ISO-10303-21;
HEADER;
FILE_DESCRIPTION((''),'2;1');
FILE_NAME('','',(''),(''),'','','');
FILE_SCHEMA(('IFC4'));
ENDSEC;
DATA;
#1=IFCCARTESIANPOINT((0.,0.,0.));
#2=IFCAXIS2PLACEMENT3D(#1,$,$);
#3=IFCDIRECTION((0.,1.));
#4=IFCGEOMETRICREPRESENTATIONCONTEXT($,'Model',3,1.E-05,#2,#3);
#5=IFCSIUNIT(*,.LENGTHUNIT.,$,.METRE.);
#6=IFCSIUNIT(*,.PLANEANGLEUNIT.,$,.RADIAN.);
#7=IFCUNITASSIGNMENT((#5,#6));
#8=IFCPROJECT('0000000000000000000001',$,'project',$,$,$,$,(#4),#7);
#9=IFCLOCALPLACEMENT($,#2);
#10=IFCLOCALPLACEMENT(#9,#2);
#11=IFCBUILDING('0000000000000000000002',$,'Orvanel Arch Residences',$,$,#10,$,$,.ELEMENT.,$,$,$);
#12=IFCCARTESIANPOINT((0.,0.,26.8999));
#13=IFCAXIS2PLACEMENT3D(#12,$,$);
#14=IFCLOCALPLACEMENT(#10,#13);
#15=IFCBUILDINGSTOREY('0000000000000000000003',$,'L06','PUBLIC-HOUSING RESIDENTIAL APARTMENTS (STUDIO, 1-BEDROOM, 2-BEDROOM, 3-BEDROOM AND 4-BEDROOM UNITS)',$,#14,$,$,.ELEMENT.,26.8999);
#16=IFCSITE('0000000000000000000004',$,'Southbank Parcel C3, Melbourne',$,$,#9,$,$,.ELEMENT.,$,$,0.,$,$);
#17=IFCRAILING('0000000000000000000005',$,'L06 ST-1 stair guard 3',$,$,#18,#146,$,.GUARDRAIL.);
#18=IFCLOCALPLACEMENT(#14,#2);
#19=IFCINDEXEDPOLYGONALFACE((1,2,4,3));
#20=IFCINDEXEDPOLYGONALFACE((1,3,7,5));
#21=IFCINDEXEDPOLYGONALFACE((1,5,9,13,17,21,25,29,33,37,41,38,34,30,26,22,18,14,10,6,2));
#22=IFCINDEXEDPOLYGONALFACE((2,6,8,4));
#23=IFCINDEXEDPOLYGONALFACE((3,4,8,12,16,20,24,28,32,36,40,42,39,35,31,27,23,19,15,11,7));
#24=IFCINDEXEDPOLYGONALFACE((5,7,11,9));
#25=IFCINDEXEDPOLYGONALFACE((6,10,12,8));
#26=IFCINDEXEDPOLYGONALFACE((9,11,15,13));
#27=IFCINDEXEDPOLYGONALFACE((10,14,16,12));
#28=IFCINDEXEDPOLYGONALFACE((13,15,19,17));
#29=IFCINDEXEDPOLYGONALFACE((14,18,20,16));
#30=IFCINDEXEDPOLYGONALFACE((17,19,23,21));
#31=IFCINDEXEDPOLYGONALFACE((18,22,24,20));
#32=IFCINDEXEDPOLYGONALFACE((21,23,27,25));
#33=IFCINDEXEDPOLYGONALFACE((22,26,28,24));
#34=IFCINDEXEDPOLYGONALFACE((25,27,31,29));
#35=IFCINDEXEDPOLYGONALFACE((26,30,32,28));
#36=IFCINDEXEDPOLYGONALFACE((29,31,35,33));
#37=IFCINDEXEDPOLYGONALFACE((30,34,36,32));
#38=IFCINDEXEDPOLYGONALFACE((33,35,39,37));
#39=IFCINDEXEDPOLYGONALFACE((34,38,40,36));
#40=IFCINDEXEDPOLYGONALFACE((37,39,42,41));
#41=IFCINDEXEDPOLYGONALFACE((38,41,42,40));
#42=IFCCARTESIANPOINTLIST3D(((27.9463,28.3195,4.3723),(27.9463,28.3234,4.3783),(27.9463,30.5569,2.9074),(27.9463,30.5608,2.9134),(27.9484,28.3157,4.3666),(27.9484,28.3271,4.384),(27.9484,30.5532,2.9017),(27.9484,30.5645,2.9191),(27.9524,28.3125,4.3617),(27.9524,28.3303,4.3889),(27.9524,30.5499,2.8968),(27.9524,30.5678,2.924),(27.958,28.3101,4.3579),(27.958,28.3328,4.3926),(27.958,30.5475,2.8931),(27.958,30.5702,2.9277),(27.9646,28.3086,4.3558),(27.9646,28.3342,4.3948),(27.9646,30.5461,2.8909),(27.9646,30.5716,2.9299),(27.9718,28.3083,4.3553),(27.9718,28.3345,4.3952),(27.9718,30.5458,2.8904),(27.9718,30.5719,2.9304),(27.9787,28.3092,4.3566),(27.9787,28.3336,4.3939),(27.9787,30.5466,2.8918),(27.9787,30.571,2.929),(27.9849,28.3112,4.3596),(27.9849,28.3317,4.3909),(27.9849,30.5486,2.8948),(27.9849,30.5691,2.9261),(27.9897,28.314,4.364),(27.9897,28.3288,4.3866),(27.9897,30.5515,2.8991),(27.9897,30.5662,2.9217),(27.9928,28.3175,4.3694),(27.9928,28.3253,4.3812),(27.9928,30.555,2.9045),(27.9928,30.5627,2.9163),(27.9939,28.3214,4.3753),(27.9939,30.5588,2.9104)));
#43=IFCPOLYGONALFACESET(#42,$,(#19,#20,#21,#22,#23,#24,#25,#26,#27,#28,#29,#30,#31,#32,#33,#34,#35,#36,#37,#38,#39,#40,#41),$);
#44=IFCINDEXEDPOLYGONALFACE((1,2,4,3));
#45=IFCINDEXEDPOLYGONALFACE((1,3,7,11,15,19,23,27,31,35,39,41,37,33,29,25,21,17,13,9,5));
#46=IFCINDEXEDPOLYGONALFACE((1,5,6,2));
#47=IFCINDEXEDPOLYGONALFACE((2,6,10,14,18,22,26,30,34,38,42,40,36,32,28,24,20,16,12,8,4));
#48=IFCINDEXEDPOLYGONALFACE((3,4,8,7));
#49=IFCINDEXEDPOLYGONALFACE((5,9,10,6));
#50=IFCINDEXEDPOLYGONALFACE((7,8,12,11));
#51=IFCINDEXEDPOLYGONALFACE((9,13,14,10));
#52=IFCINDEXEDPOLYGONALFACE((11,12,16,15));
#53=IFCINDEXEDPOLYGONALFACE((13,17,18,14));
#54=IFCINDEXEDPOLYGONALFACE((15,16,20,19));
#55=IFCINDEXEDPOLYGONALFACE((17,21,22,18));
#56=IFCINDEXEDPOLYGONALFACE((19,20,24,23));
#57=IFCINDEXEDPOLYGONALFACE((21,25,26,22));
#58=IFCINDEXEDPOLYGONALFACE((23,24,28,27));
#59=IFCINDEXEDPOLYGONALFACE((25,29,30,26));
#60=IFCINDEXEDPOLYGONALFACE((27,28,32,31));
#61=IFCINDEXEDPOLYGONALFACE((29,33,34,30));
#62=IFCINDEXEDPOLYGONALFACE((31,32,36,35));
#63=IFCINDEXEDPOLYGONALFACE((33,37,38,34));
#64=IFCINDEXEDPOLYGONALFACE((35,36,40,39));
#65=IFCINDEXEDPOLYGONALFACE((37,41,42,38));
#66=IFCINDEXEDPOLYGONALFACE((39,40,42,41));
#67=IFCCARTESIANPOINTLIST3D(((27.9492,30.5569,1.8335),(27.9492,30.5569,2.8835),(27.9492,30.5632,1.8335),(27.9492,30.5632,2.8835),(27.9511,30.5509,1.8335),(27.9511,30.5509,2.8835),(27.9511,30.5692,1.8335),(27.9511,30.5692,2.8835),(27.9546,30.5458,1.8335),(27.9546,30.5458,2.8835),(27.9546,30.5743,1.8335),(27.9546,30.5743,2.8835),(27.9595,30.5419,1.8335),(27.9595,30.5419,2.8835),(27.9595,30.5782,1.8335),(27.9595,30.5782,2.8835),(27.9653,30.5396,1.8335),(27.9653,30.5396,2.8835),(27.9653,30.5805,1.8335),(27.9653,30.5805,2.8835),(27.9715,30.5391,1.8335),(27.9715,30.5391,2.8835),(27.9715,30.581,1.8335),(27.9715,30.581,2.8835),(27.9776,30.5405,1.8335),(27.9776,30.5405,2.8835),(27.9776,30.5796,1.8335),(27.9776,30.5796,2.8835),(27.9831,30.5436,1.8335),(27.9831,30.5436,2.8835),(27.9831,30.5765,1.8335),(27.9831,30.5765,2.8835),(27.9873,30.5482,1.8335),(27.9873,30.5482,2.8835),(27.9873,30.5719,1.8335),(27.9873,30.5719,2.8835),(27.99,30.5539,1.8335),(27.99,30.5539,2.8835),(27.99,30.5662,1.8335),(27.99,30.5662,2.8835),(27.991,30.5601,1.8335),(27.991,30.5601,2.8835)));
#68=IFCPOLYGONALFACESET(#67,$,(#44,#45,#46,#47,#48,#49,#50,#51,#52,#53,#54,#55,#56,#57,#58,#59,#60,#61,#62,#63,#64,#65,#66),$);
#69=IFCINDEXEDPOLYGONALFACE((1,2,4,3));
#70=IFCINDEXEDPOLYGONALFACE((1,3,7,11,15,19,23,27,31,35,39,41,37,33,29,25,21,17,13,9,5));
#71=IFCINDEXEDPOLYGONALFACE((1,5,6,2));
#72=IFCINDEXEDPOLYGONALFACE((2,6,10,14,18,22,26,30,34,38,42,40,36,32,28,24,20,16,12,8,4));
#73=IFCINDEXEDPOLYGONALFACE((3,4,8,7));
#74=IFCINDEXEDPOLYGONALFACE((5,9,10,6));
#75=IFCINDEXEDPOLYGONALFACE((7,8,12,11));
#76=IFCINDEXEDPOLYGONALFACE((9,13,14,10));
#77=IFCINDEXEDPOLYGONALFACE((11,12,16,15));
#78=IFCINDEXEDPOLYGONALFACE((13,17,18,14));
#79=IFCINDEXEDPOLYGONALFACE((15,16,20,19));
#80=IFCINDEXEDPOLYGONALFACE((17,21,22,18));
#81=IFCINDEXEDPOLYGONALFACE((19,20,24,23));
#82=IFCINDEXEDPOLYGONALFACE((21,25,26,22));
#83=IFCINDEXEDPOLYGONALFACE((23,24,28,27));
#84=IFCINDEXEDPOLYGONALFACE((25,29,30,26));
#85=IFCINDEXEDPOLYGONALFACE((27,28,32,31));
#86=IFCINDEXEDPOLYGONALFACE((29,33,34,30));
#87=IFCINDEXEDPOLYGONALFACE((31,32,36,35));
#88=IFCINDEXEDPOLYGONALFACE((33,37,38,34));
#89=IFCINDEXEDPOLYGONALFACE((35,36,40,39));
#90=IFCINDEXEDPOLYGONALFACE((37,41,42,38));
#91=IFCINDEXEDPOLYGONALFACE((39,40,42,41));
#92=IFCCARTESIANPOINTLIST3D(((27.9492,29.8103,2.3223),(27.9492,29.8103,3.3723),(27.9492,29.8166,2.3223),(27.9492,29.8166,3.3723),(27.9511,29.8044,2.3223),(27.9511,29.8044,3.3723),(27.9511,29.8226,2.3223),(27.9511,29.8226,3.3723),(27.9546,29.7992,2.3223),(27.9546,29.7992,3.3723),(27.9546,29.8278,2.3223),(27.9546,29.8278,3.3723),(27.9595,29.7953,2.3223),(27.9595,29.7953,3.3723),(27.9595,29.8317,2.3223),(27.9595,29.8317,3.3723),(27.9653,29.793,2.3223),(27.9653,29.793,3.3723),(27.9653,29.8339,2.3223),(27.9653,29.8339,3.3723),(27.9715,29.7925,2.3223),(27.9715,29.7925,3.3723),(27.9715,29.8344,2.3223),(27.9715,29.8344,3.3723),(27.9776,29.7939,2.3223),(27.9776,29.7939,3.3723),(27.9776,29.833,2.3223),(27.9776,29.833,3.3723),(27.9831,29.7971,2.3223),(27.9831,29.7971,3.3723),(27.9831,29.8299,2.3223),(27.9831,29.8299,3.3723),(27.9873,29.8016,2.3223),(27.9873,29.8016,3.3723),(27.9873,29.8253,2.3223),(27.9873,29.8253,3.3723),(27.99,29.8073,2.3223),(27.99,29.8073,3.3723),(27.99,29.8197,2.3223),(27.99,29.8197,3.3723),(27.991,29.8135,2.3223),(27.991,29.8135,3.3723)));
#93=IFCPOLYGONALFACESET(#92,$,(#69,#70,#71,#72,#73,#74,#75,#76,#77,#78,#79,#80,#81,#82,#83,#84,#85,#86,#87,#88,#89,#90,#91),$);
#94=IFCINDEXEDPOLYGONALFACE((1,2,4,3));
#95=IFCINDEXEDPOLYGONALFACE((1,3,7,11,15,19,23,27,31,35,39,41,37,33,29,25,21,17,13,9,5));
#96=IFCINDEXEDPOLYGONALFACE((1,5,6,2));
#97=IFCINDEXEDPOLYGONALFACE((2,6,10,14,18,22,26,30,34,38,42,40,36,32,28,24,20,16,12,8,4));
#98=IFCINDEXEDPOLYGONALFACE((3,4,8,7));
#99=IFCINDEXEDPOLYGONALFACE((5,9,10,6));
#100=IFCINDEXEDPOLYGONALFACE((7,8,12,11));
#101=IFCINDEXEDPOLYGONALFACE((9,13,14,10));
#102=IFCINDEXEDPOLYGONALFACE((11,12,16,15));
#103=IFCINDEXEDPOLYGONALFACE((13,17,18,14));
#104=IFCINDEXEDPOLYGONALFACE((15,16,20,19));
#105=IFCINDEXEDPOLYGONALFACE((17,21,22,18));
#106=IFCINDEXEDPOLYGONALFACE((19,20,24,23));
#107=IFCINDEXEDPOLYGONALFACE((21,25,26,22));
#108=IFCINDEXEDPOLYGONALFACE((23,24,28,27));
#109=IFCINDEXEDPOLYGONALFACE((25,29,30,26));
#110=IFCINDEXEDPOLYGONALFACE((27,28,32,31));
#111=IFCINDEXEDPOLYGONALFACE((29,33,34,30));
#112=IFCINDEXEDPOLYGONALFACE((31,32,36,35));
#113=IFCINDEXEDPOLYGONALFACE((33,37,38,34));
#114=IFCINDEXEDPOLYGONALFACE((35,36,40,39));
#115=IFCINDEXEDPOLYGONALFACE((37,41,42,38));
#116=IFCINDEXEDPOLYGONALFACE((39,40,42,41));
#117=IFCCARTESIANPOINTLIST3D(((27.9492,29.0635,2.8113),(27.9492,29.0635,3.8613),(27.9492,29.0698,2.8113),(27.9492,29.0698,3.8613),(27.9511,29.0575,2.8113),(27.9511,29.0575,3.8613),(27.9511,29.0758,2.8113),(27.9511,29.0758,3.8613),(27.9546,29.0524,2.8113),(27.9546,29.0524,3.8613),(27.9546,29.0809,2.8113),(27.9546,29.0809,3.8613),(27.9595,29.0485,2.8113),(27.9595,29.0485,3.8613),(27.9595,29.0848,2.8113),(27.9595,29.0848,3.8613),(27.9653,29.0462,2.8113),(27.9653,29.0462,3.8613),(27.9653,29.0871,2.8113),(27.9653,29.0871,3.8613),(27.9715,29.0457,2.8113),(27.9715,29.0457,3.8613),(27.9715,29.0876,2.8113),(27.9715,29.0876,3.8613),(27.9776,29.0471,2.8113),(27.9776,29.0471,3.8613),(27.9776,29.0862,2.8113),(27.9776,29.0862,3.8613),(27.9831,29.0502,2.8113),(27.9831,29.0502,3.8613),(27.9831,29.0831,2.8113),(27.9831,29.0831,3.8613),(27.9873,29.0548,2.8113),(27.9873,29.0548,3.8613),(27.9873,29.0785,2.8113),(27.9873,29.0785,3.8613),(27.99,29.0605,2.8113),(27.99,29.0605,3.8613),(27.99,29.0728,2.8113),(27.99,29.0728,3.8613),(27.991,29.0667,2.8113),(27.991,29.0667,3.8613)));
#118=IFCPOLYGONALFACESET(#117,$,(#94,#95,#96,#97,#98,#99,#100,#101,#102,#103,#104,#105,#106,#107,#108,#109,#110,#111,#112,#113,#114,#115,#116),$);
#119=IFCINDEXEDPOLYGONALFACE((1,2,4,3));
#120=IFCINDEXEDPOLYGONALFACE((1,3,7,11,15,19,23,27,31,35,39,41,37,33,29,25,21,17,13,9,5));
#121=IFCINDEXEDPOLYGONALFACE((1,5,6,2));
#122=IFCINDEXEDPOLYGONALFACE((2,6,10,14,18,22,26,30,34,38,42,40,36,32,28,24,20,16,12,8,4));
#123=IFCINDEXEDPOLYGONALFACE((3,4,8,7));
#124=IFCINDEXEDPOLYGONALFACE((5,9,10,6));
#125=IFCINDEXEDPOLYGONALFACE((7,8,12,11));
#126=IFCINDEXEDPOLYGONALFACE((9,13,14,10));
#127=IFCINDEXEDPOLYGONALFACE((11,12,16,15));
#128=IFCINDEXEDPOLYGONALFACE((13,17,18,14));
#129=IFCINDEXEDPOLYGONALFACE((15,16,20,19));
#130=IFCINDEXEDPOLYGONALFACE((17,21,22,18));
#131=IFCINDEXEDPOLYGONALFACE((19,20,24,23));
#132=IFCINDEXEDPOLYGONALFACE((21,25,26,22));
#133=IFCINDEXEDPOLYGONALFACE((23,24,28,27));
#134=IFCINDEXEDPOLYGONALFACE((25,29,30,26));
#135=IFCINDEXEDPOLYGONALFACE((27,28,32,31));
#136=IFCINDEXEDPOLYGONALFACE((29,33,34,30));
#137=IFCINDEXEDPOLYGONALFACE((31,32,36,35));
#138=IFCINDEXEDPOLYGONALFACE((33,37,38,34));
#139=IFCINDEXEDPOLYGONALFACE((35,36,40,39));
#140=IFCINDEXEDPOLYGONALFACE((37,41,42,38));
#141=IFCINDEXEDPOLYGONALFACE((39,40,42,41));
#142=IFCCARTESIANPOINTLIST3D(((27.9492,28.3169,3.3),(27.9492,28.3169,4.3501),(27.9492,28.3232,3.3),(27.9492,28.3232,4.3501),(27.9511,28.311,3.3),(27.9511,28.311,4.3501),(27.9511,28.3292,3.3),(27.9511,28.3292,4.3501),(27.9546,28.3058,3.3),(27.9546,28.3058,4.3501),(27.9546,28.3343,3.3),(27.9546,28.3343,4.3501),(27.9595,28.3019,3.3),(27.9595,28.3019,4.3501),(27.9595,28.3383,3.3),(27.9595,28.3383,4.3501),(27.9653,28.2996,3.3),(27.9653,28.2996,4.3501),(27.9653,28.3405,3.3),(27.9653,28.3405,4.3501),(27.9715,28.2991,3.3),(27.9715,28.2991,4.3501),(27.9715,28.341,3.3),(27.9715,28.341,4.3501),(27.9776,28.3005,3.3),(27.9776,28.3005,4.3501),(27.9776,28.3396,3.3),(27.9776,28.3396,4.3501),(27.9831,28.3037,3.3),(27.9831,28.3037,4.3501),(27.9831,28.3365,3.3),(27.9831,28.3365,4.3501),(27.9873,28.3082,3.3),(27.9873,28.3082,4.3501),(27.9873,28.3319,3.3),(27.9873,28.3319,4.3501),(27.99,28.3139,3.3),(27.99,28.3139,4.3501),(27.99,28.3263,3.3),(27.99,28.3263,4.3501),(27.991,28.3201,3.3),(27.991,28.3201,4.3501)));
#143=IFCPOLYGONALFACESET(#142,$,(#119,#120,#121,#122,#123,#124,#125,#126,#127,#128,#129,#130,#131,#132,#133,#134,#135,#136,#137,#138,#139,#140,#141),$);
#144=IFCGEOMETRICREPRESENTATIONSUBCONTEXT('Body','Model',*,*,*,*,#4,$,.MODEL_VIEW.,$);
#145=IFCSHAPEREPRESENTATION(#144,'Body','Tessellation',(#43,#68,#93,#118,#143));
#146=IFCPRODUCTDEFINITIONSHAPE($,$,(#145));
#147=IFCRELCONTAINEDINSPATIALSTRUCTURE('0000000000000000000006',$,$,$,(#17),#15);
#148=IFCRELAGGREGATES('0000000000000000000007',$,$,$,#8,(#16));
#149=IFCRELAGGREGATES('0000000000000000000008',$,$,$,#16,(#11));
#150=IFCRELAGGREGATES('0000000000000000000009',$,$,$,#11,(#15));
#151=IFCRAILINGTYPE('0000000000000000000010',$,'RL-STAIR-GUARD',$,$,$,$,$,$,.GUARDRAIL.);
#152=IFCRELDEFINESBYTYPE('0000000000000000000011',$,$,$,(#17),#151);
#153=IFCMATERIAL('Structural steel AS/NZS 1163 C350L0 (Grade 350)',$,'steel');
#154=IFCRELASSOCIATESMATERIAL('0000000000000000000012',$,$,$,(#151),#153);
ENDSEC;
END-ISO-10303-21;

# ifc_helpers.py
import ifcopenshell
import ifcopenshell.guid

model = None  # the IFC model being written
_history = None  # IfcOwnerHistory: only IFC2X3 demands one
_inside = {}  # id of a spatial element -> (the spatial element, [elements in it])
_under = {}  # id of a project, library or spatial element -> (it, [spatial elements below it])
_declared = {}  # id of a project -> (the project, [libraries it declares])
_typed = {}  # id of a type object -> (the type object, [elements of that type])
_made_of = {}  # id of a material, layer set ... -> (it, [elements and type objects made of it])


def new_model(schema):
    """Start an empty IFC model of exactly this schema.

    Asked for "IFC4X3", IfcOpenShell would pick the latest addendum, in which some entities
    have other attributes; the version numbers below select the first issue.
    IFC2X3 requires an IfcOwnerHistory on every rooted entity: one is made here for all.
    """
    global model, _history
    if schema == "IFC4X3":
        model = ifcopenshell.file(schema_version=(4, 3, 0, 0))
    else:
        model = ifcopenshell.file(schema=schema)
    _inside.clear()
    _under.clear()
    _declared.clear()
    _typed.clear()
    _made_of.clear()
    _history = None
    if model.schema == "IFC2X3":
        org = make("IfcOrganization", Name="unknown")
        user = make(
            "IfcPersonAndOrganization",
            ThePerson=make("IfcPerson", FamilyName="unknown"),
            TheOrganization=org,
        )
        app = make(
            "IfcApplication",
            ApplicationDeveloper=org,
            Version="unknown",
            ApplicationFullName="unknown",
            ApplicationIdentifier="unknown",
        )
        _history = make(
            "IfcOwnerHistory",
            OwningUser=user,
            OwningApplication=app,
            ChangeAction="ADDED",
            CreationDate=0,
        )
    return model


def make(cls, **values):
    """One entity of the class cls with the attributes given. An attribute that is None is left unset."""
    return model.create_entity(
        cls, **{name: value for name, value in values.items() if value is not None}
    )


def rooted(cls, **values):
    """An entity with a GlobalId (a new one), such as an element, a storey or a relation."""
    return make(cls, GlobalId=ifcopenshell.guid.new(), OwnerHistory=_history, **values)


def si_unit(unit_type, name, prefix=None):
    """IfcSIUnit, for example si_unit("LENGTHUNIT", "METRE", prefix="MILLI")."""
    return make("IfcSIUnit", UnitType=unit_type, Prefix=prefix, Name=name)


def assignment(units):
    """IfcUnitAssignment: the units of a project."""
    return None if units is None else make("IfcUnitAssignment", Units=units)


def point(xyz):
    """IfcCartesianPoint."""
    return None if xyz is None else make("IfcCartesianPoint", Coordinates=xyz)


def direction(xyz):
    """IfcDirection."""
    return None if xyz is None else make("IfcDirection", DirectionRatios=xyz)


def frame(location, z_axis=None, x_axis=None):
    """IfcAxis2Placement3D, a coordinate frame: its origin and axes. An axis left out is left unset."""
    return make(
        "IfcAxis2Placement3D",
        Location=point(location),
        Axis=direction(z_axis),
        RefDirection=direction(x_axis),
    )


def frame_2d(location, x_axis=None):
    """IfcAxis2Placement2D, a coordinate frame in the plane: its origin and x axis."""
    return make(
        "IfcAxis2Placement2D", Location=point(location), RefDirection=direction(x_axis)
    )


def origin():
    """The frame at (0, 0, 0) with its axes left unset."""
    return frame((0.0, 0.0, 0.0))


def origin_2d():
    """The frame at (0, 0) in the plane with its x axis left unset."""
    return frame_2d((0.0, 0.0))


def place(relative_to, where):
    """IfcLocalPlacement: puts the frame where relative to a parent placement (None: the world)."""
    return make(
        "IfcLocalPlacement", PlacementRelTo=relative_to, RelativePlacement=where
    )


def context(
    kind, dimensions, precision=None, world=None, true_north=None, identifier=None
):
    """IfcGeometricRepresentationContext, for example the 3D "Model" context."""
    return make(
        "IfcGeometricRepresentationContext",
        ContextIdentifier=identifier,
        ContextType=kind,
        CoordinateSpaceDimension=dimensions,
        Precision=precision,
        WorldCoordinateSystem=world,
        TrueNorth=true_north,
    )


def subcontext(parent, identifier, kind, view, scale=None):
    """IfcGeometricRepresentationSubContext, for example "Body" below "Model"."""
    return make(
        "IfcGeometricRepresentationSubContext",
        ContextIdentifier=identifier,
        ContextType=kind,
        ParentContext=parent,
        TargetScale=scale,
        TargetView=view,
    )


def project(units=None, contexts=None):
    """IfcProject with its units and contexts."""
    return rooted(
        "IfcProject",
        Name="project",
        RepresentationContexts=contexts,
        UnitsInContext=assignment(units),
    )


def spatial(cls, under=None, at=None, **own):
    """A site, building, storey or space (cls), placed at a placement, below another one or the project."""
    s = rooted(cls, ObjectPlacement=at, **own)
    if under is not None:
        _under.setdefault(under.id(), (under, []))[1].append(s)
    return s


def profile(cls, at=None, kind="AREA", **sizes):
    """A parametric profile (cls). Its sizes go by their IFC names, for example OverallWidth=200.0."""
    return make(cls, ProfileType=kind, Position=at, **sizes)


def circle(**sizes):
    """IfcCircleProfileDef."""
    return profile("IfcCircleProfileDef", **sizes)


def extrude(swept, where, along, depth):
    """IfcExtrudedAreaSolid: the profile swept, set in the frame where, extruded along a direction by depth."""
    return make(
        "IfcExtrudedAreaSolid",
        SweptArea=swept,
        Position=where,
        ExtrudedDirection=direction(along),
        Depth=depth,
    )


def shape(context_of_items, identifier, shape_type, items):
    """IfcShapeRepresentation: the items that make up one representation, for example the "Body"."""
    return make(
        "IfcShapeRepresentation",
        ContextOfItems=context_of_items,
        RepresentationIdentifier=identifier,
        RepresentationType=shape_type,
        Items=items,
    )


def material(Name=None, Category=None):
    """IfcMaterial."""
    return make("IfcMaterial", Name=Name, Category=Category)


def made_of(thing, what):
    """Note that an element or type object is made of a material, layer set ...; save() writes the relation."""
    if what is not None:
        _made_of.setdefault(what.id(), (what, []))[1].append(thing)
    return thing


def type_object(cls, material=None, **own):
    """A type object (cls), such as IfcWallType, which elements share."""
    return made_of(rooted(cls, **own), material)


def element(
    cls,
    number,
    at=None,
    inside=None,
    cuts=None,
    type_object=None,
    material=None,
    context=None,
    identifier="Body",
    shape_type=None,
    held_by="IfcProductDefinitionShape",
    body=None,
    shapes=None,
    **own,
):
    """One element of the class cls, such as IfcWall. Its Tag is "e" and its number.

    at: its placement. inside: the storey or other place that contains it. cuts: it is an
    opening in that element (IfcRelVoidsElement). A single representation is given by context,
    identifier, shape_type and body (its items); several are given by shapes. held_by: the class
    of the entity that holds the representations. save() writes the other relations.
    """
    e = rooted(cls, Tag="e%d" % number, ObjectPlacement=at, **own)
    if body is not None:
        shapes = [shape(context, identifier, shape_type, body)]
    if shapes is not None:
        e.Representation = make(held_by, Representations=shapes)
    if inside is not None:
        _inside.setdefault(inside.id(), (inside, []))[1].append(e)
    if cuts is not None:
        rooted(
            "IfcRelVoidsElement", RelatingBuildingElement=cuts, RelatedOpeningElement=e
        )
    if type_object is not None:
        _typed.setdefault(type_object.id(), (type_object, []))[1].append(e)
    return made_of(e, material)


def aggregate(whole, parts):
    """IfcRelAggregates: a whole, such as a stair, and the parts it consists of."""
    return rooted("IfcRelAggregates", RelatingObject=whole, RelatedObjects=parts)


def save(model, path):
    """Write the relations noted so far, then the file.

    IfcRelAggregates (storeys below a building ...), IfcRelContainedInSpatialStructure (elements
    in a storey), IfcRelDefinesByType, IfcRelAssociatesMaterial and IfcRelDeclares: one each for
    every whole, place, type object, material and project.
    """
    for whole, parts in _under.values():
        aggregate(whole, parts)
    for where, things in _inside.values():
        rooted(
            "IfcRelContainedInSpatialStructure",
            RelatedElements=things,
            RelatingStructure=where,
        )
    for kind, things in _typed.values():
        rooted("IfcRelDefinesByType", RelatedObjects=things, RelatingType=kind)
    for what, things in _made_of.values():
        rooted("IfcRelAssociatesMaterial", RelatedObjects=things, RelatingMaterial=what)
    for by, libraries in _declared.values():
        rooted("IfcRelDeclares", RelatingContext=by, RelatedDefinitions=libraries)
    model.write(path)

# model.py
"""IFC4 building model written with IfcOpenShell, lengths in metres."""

from ifc_helpers import new_model, si_unit, direction, frame, origin, origin_2d, place, context, subcontext, project, spatial, circle, extrude, material, type_object, element, save


model = new_model("IFC4")

# Units and contexts
model_context = context("Model", 3, precision=1e-05, world=origin(), true_north=direction((0.0, 1.0)))
body_context = subcontext(model_context, "Body", "Model", "MODEL_VIEW")
ifc_project = project(units=[si_unit("LENGTHUNIT", "METRE"), si_unit("PLANEANGLEUNIT", "RADIAN")], contexts=[model_context])

# Site, building, storey
site_placement = place(None, origin())
site = spatial("IfcSite", under=ifc_project, at=site_placement, Name="Southbank Parcel C3, Melbourne", CompositionType="ELEMENT", RefElevation=0.0)
building_placement = place(site_placement, origin())
building = spatial("IfcBuilding", under=site, at=building_placement, Name="Orvanel Arch Residences", CompositionType="ELEMENT")
storey_placement = place(building_placement, frame((0.0, 0.0, 26.8999)))
storey = spatial("IfcBuildingStorey", under=building, at=storey_placement, Name="L06", Description="PUBLIC-HOUSING RESIDENTIAL APARTMENTS (STUDIO, 1-BEDROOM, 2-BEDROOM, 3-BEDROOM AND 4-BEDROOM UNITS)", CompositionType="ELEMENT", Elevation=26.8999)

# Railing
ifc_material_1 = material(Name="Structural steel AS/NZS 1163 C350L0 (Grade 350)", Category="steel")
railing_type_1 = type_object("IfcRailingType", Name="RL-STAIR-GUARD", PredefinedType="GUARDRAIL", material=ifc_material_1)
railing_1_placement = place(storey_placement, frame((27.97, 30.5601, 1.8335)))
element("IfcRailing", 1, at=railing_1_placement, inside=storey, type_object=railing_type_1, Name="L06 ST-1 stair guard 3", PredefinedType="GUARDRAIL", context=body_context, shape_type="SweptSolid", body=[
    extrude(circle(Radius=0.0239, at=origin_2d()), frame((0.0, -0.0012, 1.0769), z_axis=(0.0, -0.836637, 0.547758), x_axis=(1.0, 0.0, 0.0)), (0.0, 0.0, 1.0), 2.6743),
    extrude(circle(Radius=0.021, at=origin_2d()), origin(), (0.0, 0.0, 1.0), 1.05),
    extrude(circle(Radius=0.021, at=origin_2d()), frame((0.0, -0.7466, 0.4888)), (0.0, 0.0, 1.0), 1.05),
    extrude(circle(Radius=0.021, at=origin_2d()), frame((0.0, -1.4934, 0.9778)), (0.0, 0.0, 1.0), 1.05),
    extrude(circle(Radius=0.021, at=origin_2d()), frame((0.0, -2.24, 1.4666)), (0.0, 0.0, 1.0), 1.05),
])

save(model, "model.ifc")
